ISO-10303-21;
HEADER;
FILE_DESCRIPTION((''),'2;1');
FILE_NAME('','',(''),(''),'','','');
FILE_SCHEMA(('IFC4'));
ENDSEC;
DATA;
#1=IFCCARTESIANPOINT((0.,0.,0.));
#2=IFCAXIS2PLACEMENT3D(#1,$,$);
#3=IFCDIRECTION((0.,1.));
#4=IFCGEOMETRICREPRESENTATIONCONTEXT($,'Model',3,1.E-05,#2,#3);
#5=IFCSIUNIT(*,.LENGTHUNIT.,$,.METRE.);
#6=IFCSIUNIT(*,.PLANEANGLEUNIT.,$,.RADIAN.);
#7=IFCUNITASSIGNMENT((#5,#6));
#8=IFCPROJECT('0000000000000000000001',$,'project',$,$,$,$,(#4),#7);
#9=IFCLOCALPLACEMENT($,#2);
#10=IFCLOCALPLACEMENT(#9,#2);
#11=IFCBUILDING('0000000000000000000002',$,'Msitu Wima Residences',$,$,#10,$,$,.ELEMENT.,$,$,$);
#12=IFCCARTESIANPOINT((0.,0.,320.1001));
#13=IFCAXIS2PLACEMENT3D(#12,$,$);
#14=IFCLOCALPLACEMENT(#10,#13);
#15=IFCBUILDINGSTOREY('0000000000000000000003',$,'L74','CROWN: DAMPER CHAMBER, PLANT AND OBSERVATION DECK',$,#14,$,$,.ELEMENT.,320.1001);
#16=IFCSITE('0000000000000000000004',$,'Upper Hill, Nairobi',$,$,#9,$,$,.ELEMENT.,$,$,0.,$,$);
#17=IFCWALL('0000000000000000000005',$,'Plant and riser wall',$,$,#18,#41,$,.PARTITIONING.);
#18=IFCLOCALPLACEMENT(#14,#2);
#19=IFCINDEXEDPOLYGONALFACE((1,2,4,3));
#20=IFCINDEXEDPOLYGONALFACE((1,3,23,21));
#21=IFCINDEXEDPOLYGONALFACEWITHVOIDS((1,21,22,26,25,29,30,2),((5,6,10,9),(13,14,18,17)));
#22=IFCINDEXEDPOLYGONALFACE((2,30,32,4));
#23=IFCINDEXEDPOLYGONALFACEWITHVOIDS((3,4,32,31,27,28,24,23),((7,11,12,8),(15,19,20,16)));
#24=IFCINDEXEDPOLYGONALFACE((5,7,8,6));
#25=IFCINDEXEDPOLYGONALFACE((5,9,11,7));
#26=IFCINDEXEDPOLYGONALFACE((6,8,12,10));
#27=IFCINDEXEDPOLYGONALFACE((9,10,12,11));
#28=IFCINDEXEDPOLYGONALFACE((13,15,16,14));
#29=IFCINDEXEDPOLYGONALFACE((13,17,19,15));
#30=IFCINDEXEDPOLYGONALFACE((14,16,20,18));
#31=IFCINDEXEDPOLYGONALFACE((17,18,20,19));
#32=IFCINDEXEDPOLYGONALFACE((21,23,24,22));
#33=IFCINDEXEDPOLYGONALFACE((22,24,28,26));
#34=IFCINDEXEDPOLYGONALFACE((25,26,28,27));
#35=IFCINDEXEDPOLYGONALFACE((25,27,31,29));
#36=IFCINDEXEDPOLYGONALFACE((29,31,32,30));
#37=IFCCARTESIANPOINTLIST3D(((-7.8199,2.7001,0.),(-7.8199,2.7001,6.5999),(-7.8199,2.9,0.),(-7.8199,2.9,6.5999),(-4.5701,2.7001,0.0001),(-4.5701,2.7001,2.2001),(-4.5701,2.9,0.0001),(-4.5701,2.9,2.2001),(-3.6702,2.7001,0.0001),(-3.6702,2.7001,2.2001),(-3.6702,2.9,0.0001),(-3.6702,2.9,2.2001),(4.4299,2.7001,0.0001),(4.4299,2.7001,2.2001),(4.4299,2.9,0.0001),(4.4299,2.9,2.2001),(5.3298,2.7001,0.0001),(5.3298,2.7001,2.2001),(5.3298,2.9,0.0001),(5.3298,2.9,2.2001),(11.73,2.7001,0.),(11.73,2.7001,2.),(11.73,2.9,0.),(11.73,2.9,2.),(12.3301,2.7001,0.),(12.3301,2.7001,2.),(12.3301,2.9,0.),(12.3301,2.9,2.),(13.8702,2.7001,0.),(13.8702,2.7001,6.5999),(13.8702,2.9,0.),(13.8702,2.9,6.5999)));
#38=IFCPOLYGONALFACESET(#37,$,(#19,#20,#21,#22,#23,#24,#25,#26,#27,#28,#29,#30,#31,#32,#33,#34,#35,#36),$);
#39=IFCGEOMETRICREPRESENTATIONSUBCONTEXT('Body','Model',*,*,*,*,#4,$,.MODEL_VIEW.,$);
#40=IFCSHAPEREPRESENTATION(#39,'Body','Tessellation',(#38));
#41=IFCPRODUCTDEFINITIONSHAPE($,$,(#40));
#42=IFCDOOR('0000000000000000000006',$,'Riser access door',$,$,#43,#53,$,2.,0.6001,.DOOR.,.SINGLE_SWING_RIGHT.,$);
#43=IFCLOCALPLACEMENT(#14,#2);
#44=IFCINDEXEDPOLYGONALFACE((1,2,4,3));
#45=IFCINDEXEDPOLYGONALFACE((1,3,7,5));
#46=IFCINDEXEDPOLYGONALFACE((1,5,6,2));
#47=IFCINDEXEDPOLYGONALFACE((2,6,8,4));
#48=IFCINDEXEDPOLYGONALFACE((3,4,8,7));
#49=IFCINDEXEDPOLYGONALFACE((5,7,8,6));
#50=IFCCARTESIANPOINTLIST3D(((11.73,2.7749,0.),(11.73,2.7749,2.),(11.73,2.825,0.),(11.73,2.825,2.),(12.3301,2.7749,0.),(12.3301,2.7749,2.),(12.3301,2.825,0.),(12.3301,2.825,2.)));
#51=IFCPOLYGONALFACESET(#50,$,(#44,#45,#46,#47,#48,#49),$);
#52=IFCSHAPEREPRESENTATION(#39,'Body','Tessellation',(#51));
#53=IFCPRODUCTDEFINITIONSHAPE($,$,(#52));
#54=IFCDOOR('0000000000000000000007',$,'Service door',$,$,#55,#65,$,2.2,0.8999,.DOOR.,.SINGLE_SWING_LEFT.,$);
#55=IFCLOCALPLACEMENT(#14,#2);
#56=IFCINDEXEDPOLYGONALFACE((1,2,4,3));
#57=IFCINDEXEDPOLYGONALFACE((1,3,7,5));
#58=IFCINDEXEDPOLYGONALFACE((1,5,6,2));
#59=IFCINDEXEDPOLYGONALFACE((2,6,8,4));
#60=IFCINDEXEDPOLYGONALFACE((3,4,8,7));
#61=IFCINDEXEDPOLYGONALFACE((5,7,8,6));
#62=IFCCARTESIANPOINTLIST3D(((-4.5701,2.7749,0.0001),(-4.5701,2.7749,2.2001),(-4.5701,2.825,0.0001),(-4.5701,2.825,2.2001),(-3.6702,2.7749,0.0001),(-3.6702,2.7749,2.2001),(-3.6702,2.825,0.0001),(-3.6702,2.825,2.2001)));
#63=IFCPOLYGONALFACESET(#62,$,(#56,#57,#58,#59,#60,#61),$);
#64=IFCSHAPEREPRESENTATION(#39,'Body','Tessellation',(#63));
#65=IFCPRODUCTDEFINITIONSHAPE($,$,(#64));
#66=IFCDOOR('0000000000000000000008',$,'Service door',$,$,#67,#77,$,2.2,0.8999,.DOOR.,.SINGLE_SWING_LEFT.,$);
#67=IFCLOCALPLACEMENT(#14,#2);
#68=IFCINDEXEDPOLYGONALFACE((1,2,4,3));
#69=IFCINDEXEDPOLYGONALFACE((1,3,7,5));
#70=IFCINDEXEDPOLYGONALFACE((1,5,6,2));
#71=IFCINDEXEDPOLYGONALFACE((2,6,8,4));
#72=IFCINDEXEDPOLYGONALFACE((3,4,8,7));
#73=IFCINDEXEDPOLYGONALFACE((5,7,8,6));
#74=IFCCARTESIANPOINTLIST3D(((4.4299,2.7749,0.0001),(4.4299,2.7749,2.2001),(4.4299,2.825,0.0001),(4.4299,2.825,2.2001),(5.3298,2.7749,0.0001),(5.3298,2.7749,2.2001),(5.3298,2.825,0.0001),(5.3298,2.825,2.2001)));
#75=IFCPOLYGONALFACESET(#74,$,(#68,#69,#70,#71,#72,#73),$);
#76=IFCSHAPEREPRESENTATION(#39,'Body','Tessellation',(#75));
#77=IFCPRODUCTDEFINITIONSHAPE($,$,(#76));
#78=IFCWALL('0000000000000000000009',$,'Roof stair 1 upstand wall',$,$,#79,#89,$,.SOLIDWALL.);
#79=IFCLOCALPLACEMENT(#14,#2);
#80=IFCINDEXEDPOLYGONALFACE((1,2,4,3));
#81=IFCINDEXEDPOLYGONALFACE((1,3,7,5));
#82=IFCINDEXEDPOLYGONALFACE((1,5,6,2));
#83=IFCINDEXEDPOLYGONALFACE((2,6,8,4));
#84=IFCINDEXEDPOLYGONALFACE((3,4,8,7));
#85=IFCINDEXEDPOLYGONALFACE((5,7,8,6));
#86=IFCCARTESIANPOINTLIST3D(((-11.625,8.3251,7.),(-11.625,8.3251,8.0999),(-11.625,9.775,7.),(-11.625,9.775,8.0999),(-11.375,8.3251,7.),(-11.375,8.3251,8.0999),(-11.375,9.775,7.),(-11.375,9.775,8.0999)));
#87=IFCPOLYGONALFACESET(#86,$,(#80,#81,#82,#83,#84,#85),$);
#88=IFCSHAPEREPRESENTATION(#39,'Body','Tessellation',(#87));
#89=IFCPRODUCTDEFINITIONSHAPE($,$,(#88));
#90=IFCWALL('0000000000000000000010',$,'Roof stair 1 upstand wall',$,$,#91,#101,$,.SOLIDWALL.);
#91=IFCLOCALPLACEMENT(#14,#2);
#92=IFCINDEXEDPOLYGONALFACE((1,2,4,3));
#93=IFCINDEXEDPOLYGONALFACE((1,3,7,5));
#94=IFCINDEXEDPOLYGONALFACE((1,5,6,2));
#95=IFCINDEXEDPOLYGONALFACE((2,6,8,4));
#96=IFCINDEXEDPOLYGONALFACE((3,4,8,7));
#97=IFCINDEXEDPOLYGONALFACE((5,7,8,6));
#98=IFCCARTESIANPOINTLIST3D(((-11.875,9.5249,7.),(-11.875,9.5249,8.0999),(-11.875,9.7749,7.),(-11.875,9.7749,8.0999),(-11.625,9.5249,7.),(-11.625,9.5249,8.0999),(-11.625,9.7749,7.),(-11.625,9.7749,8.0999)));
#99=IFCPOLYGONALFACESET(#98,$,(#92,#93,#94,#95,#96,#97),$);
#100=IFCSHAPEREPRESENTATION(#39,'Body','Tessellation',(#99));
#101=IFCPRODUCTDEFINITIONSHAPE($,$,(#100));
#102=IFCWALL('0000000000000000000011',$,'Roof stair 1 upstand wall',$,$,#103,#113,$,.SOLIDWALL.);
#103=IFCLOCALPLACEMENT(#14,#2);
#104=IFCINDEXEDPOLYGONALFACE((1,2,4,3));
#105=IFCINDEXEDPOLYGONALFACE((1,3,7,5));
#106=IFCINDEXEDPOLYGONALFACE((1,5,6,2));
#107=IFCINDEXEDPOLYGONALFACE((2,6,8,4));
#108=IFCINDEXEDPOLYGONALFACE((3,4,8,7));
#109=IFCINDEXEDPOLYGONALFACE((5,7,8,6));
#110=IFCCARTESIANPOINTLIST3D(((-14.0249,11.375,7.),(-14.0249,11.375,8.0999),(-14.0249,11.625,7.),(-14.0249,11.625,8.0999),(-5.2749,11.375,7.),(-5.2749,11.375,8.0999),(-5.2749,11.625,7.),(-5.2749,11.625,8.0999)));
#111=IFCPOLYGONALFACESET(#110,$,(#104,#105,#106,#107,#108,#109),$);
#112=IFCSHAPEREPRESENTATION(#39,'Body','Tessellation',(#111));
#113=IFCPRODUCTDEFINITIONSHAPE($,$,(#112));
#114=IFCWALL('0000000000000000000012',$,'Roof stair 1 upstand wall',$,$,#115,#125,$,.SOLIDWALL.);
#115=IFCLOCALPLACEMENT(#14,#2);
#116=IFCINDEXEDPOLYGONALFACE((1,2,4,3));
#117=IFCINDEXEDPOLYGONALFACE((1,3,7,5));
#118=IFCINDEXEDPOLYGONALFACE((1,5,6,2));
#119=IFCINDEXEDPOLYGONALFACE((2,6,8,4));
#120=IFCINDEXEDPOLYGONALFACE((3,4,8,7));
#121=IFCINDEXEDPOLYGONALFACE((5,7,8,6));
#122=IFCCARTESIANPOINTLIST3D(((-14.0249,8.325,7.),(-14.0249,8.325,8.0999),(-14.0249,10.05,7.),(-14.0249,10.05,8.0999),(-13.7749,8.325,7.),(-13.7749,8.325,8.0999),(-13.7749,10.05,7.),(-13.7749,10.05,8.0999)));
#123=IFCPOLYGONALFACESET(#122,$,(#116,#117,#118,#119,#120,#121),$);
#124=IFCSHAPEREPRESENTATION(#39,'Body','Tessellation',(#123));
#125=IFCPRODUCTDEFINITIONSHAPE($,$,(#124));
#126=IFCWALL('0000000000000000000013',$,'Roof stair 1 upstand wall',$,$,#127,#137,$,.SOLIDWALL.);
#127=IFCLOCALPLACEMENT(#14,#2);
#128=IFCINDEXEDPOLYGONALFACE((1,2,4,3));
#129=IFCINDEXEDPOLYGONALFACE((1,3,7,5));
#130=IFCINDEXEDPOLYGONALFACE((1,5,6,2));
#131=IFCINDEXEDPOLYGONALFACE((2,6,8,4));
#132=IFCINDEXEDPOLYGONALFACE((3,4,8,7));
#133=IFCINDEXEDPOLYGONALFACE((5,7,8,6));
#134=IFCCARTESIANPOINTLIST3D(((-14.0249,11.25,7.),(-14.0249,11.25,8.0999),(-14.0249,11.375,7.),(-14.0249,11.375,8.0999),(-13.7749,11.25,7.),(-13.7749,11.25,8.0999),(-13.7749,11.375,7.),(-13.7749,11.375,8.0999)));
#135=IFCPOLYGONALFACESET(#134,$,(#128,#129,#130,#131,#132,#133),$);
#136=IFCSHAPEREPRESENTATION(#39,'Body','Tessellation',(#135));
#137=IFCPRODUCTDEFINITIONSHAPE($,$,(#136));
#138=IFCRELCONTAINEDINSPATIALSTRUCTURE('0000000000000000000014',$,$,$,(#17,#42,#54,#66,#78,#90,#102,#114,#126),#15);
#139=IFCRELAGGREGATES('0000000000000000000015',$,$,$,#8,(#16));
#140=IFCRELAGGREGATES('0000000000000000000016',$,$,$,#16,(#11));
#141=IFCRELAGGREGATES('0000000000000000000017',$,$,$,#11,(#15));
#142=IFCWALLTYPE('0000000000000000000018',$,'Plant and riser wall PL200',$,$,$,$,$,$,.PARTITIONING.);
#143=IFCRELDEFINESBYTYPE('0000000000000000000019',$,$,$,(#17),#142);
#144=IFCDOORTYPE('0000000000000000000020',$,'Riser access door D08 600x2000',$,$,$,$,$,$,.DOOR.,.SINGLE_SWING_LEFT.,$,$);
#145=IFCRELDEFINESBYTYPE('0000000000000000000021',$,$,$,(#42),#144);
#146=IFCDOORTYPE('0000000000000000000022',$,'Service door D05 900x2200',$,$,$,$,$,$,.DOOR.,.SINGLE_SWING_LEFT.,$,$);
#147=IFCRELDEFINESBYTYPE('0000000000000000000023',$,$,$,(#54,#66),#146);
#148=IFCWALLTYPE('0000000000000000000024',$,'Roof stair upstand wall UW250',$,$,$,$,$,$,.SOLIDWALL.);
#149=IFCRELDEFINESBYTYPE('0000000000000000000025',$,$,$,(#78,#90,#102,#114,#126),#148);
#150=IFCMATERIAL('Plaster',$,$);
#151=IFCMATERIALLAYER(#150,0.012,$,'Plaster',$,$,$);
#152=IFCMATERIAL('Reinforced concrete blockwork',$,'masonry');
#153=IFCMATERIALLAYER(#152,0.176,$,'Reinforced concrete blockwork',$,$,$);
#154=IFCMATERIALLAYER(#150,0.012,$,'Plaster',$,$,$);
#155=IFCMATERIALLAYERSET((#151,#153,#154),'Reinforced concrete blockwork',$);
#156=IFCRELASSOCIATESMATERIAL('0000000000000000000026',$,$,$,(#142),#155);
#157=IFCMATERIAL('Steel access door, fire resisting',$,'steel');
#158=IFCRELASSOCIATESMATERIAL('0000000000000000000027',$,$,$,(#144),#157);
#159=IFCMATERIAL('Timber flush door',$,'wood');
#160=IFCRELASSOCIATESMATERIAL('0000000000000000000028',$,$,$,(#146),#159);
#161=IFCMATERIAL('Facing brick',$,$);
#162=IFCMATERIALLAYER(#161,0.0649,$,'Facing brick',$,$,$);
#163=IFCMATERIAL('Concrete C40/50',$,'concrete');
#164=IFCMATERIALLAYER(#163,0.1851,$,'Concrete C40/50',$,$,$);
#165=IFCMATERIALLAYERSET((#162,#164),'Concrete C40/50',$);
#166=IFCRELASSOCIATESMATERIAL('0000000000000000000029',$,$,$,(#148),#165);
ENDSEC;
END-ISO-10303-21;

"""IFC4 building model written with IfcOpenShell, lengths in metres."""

from ifc_helpers import new_model, si_unit, direction, frame, frame_2d, origin, place, context, subcontext, project, spatial, rectangle, extrude, material, layer, layer_set, type_object, element, fill, save


model = new_model("IFC4")

# Units and contexts
model_context = context("Model", 3, precision=1e-05, world=origin(), true_north=direction((0.0, 1.0)))
body_context = subcontext(model_context, "Body", "Model", "MODEL_VIEW")
ifc_project = project(units=[si_unit("LENGTHUNIT", "METRE"), si_unit("PLANEANGLEUNIT", "RADIAN")], contexts=[model_context])

# Site, building, storey
site_placement = place(None, origin())
site = spatial("IfcSite", under=ifc_project, at=site_placement, Name="Upper Hill, Nairobi", CompositionType="ELEMENT", RefElevation=0.0)
building_placement = place(site_placement, origin())
building = spatial("IfcBuilding", under=site, at=building_placement, Name="Msitu Wima Residences", CompositionType="ELEMENT")
storey_placement = place(building_placement, frame((0.0, 0.0, 320.1001)))
storey = spatial("IfcBuildingStorey", under=building, at=storey_placement, Name="L74", Description="CROWN: DAMPER CHAMBER, PLANT AND OBSERVATION DECK", CompositionType="ELEMENT", Elevation=320.1001)

# Wall, openings, doors
ifc_material_1 = material(Name="Plaster")
ifc_layer_1 = layer(ifc_material_1, 0.012, Name="Plaster")
ifc_material_2 = material(Name="Reinforced concrete blockwork", Category="masonry")
ifc_layer_2 = layer(ifc_material_2, 0.176, Name="Reinforced concrete blockwork")
ifc_layer_3 = layer(ifc_material_1, 0.012, Name="Plaster")
ifc_layer_set_1 = layer_set([ifc_layer_1, ifc_layer_2, ifc_layer_3], Name="Reinforced concrete blockwork")
wall_type_1 = type_object("IfcWallType", Name="Plant and riser wall PL200", PredefinedType="PARTITIONING", material=ifc_layer_set_1)
wall_1_placement = place(storey_placement, frame((-7.8201, 2.8, 0.0), z_axis=(0.0, 0.0, 1.0), x_axis=(1.0, 0.0, 0.0)))
wall_1 = element("IfcWall", 1, at=wall_1_placement, inside=storey, type_object=wall_type_1, Name="Plant and riser wall", PredefinedType="PARTITIONING", context=body_context, shape_type="SweptSolid", body=[
    extrude(rectangle(XDim=21.6902, YDim=0.2, at=frame_2d((10.8452, 0.0))), origin(), (0.0, 0.0, 1.0), 6.5999),
])
opening_1_placement = place(wall_1_placement, frame((19.55, 0.0, 0.0)))
opening_1 = element("IfcOpeningElement", 2, at=opening_1_placement, cuts=wall_1, PredefinedType="OPENING", context=body_context, shape_type="SweptSolid", body=[
    extrude(rectangle(XDim=0.6001, YDim=2.0, at=frame_2d((0.3, 1.0))), frame((0.0, 0.1099, 0.0), z_axis=(0.0, -1.0, 0.0), x_axis=(1.0, 0.0, 0.0)), (0.0, 0.0, 1.0), 0.22),
])
opening_2_placement = place(wall_1_placement, frame((3.25, 0.0, 0.0)))
opening_2 = element("IfcOpeningElement", 3, at=opening_2_placement, cuts=wall_1, PredefinedType="OPENING", context=body_context, shape_type="SweptSolid", body=[
    extrude(rectangle(XDim=0.8999, YDim=2.2, at=frame_2d((0.45, 1.1001))), frame((0.0, 0.1099, 0.0), z_axis=(0.0, -1.0, 0.0), x_axis=(1.0, 0.0, 0.0)), (0.0, 0.0, 1.0), 0.22),
])
opening_3_placement = place(wall_1_placement, frame((12.25, 0.0, 0.0)))
opening_3 = element("IfcOpeningElement", 4, at=opening_3_placement, cuts=wall_1, PredefinedType="OPENING", context=body_context, shape_type="SweptSolid", body=[
    extrude(rectangle(XDim=0.8999, YDim=2.2, at=frame_2d((0.45, 1.1001))), frame((0.0, 0.1099, 0.0), z_axis=(0.0, -1.0, 0.0), x_axis=(1.0, 0.0, 0.0)), (0.0, 0.0, 1.0), 0.22),
])
ifc_material_3 = material(Name="Steel access door, fire resisting", Category="steel")
door_type_1 = type_object("IfcDoorType", Name="Riser access door D08 600x2000", OperationType="SINGLE_SWING_LEFT", PredefinedType="DOOR", material=ifc_material_3)
door_1_placement = place(opening_1_placement, origin())
door_1 = element("IfcDoor", 5, at=door_1_placement, inside=storey, type_object=door_type_1, Name="Riser access door", OperationType="SINGLE_SWING_RIGHT", OverallHeight=2.0, OverallWidth=0.6001, PredefinedType="DOOR", context=body_context, shape_type="SweptSolid", body=[
    extrude(rectangle(XDim=0.6001, YDim=2.0, at=frame_2d((0.3, 1.0))), frame((0.0, 0.0249, 0.0), z_axis=(0.0, -1.0, 0.0), x_axis=(1.0, 0.0, 0.0)), (0.0, 0.0, 1.0), 0.05),
])
fill(opening_1, door_1)
ifc_material_4 = material(Name="Timber flush door", Category="wood")
door_type_2 = type_object("IfcDoorType", Name="Service door D05 900x2200", OperationType="SINGLE_SWING_LEFT", PredefinedType="DOOR", material=ifc_material_4)
door_2_placement = place(opening_2_placement, origin())
door_2 = element("IfcDoor", 6, at=door_2_placement, inside=storey, type_object=door_type_2, Name="Service door", OperationType="SINGLE_SWING_LEFT", OverallHeight=2.2, OverallWidth=0.8999, PredefinedType="DOOR", context=body_context, shape_type="SweptSolid", body=[
    extrude(rectangle(XDim=0.8999, YDim=2.2, at=frame_2d((0.45, 1.1001))), frame((0.0, 0.0249, 0.0), z_axis=(0.0, -1.0, 0.0), x_axis=(1.0, 0.0, 0.0)), (0.0, 0.0, 1.0), 0.05),
])
fill(opening_2, door_2)
door_3_placement = place(opening_3_placement, origin())
door_3 = element("IfcDoor", 7, at=door_3_placement, inside=storey, type_object=door_type_2, Name="Service door", OperationType="SINGLE_SWING_LEFT", OverallHeight=2.2, OverallWidth=0.8999, PredefinedType="DOOR", context=body_context, shape_type="SweptSolid", body=[
    extrude(rectangle(XDim=0.8999, YDim=2.2, at=frame_2d((0.45, 1.1001))), frame((0.0, 0.0249, 0.0), z_axis=(0.0, -1.0, 0.0), x_axis=(1.0, 0.0, 0.0)), (0.0, 0.0, 1.0), 0.05),
])
fill(opening_3, door_3)

# Walls
ifc_material_5 = material(Name="Facing brick")
ifc_layer_4 = layer(ifc_material_5, 0.0649, Name="Facing brick")
ifc_material_6 = material(Name="Concrete C40/50", Category="concrete")
ifc_layer_5 = layer(ifc_material_6, 0.1851, Name="Concrete C40/50")
ifc_layer_set_2 = layer_set([ifc_layer_4, ifc_layer_5], Name="Concrete C40/50")
wall_type_2 = type_object("IfcWallType", Name="Roof stair upstand wall UW250", PredefinedType="SOLIDWALL", material=ifc_layer_set_2)
wall_2_placement = place(storey_placement, frame((-11.5, 8.325, 7.0), z_axis=(0.0, 0.0, 1.0), x_axis=(0.0, 1.0, 0.0)))
element("IfcWall", 8, at=wall_2_placement, inside=storey, type_object=wall_type_2, Name="Roof stair 1 upstand wall", PredefinedType="SOLIDWALL", context=body_context, shape_type="SweptSolid", body=[
    extrude(rectangle(XDim=1.45, YDim=0.25, at=frame_2d((0.7251, 0.0))), origin(), (0.0, 0.0, 1.0), 1.0999),
])
wall_3_placement = place(storey_placement, frame((-11.875, 9.6499, 7.0), z_axis=(0.0, 0.0, 1.0), x_axis=(1.0, 0.0, 0.0)))
element("IfcWall", 9, at=wall_3_placement, inside=storey, type_object=wall_type_2, Name="Roof stair 1 upstand wall", PredefinedType="SOLIDWALL", context=body_context, shape_type="SweptSolid", body=[
    extrude(rectangle(XDim=0.25, YDim=0.25, at=frame_2d((0.125, 0.0))), origin(), (0.0, 0.0, 1.0), 1.0999),
])
wall_4_placement = place(storey_placement, frame((-14.0249, 11.5, 7.0), z_axis=(0.0, 0.0, 1.0), x_axis=(1.0, 0.0, 0.0)))
element("IfcWall", 10, at=wall_4_placement, inside=storey, type_object=wall_type_2, Name="Roof stair 1 upstand wall", PredefinedType="SOLIDWALL", context=body_context, shape_type="SweptSolid", body=[
    extrude(rectangle(XDim=8.75, YDim=0.25, at=frame_2d((4.375, 0.0))), origin(), (0.0, 0.0, 1.0), 1.0999),
])
wall_5_placement = place(storey_placement, frame((-13.8999, 8.325, 7.0), z_axis=(0.0, 0.0, 1.0), x_axis=(0.0, 1.0, 0.0)))
element("IfcWall", 11, at=wall_5_placement, inside=storey, type_object=wall_type_2, Name="Roof stair 1 upstand wall", PredefinedType="SOLIDWALL", context=body_context, shape_type="SweptSolid", body=[
    extrude(rectangle(XDim=1.7251, YDim=0.25, at=frame_2d((0.8625, 0.0))), origin(), (0.0, 0.0, 1.0), 1.0999),
])
wall_6_placement = place(storey_placement, frame((-13.8999, 11.25, 7.0), z_axis=(0.0, 0.0, 1.0), x_axis=(0.0, 1.0, 0.0)))
element("IfcWall", 12, at=wall_6_placement, inside=storey, type_object=wall_type_2, Name="Roof stair 1 upstand wall", PredefinedType="SOLIDWALL", context=body_context, shape_type="SweptSolid", body=[
    extrude(rectangle(XDim=0.125, YDim=0.25, at=frame_2d((0.0625, 0.0))), origin(), (0.0, 0.0, 1.0), 1.0999),
])

save(model, "model.ifc")
